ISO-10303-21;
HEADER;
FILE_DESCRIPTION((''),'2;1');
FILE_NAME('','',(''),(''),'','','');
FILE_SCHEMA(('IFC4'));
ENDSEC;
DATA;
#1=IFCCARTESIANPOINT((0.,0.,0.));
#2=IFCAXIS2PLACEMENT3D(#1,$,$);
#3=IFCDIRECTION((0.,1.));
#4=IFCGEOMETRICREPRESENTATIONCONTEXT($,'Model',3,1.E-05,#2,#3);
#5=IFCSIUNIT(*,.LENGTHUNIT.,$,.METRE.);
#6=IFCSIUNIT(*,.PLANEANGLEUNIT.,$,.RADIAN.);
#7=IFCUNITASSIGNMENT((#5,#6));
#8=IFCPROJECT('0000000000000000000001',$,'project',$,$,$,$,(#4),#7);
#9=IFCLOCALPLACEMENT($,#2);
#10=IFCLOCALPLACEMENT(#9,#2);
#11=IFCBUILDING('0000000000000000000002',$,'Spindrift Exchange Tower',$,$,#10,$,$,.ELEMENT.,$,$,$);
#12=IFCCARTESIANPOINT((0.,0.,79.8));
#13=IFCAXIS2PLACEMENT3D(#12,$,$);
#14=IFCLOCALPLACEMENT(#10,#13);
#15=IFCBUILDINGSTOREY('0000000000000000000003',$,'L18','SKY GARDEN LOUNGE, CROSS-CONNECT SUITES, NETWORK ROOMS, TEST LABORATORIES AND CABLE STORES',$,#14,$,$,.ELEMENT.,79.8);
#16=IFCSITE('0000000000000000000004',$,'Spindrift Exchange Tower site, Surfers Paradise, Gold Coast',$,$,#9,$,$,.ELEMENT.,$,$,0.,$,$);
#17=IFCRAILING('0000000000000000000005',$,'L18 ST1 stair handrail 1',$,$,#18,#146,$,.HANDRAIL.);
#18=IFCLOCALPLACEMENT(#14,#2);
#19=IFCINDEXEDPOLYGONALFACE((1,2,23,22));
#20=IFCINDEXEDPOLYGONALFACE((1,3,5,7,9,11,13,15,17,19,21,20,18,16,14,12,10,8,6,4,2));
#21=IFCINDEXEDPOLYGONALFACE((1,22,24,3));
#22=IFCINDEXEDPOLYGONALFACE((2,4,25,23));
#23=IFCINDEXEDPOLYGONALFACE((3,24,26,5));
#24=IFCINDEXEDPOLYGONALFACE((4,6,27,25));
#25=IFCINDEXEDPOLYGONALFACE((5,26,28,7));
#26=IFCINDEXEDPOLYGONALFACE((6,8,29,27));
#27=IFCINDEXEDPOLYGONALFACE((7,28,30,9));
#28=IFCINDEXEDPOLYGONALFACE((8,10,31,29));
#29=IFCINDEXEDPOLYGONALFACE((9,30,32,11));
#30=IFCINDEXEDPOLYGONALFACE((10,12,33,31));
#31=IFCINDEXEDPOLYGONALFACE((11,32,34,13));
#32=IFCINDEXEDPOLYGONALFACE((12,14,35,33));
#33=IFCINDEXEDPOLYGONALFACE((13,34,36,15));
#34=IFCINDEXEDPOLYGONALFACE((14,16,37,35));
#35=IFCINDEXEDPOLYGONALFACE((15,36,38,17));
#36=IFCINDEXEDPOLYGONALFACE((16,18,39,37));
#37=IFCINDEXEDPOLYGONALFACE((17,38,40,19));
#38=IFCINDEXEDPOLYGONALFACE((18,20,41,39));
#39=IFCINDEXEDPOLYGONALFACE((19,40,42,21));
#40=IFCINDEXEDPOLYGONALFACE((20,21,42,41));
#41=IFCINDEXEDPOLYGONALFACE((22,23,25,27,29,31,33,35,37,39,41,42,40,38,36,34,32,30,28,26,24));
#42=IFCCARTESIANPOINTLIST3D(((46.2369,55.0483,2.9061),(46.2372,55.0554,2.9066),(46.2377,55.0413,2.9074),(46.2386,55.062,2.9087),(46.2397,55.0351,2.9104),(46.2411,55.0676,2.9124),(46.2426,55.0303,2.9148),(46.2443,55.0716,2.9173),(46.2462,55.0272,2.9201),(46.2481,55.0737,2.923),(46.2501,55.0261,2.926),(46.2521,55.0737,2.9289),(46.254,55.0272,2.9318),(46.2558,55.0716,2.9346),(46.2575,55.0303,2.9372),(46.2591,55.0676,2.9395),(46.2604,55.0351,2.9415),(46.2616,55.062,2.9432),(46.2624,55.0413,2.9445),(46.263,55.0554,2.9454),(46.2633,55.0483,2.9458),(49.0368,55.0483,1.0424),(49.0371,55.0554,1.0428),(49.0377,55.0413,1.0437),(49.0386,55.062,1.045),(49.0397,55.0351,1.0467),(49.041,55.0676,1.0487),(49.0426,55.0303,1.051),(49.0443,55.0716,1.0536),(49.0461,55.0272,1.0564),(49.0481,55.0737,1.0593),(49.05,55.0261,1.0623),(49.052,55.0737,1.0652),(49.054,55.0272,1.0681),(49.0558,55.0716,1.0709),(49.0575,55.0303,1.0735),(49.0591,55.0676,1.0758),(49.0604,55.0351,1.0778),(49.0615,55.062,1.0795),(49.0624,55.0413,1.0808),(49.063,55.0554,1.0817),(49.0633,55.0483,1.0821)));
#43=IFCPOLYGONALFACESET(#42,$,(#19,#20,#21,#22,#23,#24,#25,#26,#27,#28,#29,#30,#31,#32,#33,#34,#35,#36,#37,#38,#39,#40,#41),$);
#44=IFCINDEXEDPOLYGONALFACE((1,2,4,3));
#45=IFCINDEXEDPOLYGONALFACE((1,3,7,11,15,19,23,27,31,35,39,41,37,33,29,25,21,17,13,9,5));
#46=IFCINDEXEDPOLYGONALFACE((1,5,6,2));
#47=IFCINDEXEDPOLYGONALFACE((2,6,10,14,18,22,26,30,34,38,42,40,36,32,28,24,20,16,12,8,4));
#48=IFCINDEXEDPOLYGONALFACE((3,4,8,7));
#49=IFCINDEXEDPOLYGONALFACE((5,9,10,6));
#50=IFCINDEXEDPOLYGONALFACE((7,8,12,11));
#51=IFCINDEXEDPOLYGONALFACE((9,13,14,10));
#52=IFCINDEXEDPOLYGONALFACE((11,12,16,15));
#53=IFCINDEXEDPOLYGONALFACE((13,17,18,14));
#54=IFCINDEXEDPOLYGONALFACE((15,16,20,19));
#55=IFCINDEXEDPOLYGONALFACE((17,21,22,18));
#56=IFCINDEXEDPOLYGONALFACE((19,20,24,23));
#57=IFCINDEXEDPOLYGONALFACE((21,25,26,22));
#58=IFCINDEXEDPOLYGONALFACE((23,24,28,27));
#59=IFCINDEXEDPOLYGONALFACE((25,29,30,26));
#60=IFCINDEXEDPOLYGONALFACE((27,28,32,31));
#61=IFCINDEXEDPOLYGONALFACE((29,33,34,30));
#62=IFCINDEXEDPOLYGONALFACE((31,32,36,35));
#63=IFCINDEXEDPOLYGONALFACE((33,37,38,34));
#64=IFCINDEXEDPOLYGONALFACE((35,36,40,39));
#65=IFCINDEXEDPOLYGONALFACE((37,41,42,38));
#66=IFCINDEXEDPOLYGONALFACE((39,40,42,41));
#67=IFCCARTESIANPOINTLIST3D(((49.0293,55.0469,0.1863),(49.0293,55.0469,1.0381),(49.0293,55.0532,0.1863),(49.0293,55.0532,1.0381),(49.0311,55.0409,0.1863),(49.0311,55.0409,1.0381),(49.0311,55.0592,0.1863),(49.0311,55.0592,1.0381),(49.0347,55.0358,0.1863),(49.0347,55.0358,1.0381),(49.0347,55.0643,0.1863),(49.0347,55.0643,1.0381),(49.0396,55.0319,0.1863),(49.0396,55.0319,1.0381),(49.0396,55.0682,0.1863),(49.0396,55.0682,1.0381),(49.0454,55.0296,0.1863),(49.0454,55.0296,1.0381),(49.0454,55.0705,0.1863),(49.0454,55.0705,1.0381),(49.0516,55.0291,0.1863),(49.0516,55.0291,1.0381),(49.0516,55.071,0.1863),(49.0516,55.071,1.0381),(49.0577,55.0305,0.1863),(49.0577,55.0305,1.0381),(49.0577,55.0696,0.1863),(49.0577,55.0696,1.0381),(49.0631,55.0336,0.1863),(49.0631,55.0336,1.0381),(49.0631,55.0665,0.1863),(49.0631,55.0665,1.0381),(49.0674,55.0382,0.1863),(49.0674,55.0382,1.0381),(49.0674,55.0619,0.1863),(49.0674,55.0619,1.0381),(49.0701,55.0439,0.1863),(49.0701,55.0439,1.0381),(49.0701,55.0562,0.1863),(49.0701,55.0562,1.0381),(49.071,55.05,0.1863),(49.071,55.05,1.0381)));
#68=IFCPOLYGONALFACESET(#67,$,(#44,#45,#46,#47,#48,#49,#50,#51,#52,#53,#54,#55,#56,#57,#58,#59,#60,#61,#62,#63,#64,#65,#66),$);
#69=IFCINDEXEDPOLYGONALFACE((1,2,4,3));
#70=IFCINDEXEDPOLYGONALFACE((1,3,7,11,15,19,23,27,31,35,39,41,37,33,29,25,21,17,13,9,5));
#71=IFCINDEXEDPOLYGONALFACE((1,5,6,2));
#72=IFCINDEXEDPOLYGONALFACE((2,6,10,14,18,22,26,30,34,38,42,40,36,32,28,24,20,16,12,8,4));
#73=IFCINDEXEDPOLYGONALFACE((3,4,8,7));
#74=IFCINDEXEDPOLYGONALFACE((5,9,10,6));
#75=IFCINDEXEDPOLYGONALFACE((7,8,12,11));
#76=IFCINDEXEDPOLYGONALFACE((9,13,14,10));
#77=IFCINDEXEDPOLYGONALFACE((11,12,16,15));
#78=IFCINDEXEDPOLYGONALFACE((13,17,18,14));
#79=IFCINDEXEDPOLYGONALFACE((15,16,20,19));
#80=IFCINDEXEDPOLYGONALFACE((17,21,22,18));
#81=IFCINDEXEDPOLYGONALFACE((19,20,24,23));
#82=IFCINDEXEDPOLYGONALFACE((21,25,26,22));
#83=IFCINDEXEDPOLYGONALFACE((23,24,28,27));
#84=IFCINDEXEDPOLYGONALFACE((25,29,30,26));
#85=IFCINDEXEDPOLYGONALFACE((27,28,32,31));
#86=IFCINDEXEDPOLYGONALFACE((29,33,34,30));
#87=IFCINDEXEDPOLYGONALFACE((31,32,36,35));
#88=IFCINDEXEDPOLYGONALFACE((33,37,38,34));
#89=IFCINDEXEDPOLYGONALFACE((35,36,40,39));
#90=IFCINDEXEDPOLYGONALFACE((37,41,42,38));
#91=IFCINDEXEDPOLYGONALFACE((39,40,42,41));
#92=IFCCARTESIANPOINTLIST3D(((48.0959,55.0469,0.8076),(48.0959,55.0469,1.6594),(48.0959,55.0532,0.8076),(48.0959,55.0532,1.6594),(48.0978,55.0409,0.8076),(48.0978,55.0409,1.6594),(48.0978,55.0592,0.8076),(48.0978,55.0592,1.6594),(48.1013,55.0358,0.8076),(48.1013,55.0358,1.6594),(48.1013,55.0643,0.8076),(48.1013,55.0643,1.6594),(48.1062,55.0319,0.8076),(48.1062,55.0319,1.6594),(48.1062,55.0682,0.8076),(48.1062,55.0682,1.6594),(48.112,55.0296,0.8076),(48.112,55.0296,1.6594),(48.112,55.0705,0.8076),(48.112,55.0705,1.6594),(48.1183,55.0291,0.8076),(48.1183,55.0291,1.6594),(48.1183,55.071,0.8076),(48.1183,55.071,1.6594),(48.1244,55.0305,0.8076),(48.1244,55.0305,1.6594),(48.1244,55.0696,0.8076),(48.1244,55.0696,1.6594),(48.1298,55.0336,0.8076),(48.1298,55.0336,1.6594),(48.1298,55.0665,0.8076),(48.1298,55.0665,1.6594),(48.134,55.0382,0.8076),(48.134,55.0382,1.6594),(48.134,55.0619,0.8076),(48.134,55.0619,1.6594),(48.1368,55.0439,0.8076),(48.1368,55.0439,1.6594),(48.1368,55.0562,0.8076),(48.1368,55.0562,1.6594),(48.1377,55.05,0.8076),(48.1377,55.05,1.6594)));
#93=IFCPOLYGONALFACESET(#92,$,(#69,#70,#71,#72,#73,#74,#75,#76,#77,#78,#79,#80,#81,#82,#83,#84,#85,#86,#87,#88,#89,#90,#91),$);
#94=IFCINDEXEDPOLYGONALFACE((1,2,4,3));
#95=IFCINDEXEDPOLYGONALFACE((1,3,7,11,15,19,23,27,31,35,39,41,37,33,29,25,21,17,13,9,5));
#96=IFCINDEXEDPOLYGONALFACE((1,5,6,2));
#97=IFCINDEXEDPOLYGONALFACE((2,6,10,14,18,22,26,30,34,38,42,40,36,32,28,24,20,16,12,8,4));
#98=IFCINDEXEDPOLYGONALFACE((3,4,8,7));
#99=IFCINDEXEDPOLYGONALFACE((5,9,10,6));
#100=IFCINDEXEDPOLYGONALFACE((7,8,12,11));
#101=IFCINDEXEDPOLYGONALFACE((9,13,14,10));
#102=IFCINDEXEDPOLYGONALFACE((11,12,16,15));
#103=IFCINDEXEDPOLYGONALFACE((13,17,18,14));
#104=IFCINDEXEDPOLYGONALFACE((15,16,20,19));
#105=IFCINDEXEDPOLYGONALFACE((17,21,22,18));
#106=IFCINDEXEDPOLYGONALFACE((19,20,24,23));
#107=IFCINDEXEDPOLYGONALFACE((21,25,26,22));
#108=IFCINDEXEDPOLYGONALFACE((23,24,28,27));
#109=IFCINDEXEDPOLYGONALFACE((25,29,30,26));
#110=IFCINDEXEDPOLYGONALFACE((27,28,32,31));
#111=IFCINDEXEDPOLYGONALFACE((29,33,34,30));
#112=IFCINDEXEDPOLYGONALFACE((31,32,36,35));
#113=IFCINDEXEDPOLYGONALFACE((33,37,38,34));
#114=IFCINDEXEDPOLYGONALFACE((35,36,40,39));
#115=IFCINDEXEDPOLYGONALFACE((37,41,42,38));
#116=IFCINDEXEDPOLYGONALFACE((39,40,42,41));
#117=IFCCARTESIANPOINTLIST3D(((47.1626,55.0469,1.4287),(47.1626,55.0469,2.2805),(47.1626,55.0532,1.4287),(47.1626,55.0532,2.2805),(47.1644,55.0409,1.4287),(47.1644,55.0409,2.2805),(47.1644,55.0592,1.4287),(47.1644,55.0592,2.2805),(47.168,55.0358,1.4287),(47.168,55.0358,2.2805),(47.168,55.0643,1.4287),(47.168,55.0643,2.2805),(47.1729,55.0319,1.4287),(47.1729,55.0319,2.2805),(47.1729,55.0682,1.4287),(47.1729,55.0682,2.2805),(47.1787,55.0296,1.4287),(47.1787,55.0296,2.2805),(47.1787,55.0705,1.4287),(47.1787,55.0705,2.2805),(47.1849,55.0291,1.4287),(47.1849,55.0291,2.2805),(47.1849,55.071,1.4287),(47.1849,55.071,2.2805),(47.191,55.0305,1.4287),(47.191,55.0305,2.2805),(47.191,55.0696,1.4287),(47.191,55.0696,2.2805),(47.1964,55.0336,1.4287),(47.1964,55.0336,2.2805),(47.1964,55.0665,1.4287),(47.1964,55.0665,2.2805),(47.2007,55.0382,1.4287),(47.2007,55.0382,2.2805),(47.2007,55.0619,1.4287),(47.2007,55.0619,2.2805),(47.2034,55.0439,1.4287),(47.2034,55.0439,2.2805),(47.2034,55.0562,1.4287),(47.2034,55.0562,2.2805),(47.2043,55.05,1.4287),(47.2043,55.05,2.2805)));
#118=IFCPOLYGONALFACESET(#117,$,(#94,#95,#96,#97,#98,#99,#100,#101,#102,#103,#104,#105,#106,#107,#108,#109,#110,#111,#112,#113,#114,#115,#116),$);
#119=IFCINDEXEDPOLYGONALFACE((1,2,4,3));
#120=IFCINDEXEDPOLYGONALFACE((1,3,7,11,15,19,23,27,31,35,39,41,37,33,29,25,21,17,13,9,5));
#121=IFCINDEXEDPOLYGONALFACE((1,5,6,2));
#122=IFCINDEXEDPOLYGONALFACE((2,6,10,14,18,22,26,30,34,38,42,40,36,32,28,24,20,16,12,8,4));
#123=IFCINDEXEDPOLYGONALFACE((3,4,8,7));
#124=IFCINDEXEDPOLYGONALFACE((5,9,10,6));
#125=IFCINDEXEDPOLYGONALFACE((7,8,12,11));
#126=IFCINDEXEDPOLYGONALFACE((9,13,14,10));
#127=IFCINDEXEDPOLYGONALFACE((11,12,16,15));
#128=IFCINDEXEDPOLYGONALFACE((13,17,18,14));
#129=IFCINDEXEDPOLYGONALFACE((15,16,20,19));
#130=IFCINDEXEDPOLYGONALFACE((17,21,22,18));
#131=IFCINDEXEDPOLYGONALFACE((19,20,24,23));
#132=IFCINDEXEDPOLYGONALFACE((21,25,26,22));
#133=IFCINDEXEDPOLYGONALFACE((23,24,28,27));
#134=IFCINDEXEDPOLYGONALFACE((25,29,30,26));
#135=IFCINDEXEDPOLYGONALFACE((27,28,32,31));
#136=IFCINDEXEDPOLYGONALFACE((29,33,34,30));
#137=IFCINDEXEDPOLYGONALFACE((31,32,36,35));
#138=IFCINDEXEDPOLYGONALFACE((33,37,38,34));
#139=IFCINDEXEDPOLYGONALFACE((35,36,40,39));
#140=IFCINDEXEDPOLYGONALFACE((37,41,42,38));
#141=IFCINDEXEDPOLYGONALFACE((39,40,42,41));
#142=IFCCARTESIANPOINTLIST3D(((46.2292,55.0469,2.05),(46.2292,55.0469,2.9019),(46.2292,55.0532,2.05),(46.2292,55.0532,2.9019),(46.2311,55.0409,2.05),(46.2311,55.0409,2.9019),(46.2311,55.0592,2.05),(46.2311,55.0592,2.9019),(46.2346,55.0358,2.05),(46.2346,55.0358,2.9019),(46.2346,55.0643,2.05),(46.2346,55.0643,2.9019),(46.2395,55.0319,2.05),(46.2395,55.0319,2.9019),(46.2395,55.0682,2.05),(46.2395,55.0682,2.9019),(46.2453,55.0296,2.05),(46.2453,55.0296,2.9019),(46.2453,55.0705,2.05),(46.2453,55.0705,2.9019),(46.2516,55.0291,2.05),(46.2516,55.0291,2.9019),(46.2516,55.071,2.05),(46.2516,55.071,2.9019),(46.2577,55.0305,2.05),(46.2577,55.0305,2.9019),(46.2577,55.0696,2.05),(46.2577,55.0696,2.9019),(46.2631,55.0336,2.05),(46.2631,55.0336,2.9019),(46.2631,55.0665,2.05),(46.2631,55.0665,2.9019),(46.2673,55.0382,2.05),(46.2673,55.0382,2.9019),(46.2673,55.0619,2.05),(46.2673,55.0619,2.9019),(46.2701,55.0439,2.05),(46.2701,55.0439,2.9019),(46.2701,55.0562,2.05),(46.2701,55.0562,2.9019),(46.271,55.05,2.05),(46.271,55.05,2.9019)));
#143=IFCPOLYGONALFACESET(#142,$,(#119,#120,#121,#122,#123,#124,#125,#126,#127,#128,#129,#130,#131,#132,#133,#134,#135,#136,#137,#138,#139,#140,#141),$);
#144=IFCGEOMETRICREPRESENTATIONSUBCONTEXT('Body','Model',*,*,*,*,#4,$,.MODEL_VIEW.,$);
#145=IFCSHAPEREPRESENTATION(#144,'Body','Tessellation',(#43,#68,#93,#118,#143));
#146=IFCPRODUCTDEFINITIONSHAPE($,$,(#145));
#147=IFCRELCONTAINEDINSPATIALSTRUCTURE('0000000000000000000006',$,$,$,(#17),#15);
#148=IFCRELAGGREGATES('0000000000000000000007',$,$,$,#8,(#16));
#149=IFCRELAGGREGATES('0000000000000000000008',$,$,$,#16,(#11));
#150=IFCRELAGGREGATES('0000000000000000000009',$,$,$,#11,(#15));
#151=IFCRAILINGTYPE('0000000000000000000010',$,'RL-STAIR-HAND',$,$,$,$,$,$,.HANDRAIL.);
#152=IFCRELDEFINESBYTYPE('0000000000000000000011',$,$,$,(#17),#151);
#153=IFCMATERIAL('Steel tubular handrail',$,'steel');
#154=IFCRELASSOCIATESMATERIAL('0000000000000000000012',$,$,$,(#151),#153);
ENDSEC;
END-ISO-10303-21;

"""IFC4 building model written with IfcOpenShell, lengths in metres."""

from ifc_helpers import new_model, si_unit, direction, frame, origin, origin_2d, place, context, subcontext, project, spatial, circle, extrude, material, type_object, element, save


model = new_model("IFC4")

# Units and contexts
model_context = context("Model", 3, precision=1e-05, world=origin(), true_north=direction((0.0, 1.0)))
body_context = subcontext(model_context, "Body", "Model", "MODEL_VIEW")
ifc_project = project(units=[si_unit("LENGTHUNIT", "METRE"), si_unit("PLANEANGLEUNIT", "RADIAN")], contexts=[model_context])

# Site, building, storey
site_placement = place(None, origin())
site = spatial("IfcSite", under=ifc_project, at=site_placement, Name="Spindrift Exchange Tower site, Surfers Paradise, Gold Coast", CompositionType="ELEMENT", RefElevation=0.0)
building_placement = place(site_placement, origin())
building = spatial("IfcBuilding", under=site, at=building_placement, Name="Spindrift Exchange Tower", CompositionType="ELEMENT")
storey_placement = place(building_placement, frame((0.0, 0.0, 79.8)))
storey = spatial("IfcBuildingStorey", under=building, at=storey_placement, Name="L18", Description="SKY GARDEN LOUNGE, CROSS-CONNECT SUITES, NETWORK ROOMS, TEST LABORATORIES AND CABLE STORES", CompositionType="ELEMENT", Elevation=79.8)

# Railing
ifc_material_1 = material(Name="Steel tubular handrail", Category="steel")
railing_type_1 = type_object("IfcRailingType", Name="RL-STAIR-HAND", PredefinedType="HANDRAIL", material=ifc_material_1)
railing_1_placement = place(storey_placement, frame((49.05, 55.05, 0.1863)))
element("IfcRailing", 1, at=railing_1_placement, inside=storey, type_object=railing_type_1, Name="L18 ST1 stair handrail 1", PredefinedType="HANDRAIL", context=body_context, shape_type="SweptSolid", body=[
    extrude(circle(Radius=0.0239, at=origin_2d()), frame((0.0, 0.0, 0.876), z_axis=(-0.832452, 0.0, 0.554097), x_axis=(0.0, -1.0, 0.0)), (0.0, 0.0, 1.0), 3.3635),
    extrude(circle(Radius=0.021, at=origin_2d()), origin(), (0.0, 0.0, 1.0), 0.8518),
    extrude(circle(Radius=0.021, at=origin_2d()), frame((-0.9333, 0.0, 0.6213)), (0.0, 0.0, 1.0), 0.8518),
    extrude(circle(Radius=0.021, at=origin_2d()), frame((-1.8667, 0.0, 1.2424)), (0.0, 0.0, 1.0), 0.8518),
    extrude(circle(Radius=0.021, at=origin_2d()), frame((-2.8, 0.0, 1.8638)), (0.0, 0.0, 1.0), 0.8518),
])

save(model, "model.ifc")
